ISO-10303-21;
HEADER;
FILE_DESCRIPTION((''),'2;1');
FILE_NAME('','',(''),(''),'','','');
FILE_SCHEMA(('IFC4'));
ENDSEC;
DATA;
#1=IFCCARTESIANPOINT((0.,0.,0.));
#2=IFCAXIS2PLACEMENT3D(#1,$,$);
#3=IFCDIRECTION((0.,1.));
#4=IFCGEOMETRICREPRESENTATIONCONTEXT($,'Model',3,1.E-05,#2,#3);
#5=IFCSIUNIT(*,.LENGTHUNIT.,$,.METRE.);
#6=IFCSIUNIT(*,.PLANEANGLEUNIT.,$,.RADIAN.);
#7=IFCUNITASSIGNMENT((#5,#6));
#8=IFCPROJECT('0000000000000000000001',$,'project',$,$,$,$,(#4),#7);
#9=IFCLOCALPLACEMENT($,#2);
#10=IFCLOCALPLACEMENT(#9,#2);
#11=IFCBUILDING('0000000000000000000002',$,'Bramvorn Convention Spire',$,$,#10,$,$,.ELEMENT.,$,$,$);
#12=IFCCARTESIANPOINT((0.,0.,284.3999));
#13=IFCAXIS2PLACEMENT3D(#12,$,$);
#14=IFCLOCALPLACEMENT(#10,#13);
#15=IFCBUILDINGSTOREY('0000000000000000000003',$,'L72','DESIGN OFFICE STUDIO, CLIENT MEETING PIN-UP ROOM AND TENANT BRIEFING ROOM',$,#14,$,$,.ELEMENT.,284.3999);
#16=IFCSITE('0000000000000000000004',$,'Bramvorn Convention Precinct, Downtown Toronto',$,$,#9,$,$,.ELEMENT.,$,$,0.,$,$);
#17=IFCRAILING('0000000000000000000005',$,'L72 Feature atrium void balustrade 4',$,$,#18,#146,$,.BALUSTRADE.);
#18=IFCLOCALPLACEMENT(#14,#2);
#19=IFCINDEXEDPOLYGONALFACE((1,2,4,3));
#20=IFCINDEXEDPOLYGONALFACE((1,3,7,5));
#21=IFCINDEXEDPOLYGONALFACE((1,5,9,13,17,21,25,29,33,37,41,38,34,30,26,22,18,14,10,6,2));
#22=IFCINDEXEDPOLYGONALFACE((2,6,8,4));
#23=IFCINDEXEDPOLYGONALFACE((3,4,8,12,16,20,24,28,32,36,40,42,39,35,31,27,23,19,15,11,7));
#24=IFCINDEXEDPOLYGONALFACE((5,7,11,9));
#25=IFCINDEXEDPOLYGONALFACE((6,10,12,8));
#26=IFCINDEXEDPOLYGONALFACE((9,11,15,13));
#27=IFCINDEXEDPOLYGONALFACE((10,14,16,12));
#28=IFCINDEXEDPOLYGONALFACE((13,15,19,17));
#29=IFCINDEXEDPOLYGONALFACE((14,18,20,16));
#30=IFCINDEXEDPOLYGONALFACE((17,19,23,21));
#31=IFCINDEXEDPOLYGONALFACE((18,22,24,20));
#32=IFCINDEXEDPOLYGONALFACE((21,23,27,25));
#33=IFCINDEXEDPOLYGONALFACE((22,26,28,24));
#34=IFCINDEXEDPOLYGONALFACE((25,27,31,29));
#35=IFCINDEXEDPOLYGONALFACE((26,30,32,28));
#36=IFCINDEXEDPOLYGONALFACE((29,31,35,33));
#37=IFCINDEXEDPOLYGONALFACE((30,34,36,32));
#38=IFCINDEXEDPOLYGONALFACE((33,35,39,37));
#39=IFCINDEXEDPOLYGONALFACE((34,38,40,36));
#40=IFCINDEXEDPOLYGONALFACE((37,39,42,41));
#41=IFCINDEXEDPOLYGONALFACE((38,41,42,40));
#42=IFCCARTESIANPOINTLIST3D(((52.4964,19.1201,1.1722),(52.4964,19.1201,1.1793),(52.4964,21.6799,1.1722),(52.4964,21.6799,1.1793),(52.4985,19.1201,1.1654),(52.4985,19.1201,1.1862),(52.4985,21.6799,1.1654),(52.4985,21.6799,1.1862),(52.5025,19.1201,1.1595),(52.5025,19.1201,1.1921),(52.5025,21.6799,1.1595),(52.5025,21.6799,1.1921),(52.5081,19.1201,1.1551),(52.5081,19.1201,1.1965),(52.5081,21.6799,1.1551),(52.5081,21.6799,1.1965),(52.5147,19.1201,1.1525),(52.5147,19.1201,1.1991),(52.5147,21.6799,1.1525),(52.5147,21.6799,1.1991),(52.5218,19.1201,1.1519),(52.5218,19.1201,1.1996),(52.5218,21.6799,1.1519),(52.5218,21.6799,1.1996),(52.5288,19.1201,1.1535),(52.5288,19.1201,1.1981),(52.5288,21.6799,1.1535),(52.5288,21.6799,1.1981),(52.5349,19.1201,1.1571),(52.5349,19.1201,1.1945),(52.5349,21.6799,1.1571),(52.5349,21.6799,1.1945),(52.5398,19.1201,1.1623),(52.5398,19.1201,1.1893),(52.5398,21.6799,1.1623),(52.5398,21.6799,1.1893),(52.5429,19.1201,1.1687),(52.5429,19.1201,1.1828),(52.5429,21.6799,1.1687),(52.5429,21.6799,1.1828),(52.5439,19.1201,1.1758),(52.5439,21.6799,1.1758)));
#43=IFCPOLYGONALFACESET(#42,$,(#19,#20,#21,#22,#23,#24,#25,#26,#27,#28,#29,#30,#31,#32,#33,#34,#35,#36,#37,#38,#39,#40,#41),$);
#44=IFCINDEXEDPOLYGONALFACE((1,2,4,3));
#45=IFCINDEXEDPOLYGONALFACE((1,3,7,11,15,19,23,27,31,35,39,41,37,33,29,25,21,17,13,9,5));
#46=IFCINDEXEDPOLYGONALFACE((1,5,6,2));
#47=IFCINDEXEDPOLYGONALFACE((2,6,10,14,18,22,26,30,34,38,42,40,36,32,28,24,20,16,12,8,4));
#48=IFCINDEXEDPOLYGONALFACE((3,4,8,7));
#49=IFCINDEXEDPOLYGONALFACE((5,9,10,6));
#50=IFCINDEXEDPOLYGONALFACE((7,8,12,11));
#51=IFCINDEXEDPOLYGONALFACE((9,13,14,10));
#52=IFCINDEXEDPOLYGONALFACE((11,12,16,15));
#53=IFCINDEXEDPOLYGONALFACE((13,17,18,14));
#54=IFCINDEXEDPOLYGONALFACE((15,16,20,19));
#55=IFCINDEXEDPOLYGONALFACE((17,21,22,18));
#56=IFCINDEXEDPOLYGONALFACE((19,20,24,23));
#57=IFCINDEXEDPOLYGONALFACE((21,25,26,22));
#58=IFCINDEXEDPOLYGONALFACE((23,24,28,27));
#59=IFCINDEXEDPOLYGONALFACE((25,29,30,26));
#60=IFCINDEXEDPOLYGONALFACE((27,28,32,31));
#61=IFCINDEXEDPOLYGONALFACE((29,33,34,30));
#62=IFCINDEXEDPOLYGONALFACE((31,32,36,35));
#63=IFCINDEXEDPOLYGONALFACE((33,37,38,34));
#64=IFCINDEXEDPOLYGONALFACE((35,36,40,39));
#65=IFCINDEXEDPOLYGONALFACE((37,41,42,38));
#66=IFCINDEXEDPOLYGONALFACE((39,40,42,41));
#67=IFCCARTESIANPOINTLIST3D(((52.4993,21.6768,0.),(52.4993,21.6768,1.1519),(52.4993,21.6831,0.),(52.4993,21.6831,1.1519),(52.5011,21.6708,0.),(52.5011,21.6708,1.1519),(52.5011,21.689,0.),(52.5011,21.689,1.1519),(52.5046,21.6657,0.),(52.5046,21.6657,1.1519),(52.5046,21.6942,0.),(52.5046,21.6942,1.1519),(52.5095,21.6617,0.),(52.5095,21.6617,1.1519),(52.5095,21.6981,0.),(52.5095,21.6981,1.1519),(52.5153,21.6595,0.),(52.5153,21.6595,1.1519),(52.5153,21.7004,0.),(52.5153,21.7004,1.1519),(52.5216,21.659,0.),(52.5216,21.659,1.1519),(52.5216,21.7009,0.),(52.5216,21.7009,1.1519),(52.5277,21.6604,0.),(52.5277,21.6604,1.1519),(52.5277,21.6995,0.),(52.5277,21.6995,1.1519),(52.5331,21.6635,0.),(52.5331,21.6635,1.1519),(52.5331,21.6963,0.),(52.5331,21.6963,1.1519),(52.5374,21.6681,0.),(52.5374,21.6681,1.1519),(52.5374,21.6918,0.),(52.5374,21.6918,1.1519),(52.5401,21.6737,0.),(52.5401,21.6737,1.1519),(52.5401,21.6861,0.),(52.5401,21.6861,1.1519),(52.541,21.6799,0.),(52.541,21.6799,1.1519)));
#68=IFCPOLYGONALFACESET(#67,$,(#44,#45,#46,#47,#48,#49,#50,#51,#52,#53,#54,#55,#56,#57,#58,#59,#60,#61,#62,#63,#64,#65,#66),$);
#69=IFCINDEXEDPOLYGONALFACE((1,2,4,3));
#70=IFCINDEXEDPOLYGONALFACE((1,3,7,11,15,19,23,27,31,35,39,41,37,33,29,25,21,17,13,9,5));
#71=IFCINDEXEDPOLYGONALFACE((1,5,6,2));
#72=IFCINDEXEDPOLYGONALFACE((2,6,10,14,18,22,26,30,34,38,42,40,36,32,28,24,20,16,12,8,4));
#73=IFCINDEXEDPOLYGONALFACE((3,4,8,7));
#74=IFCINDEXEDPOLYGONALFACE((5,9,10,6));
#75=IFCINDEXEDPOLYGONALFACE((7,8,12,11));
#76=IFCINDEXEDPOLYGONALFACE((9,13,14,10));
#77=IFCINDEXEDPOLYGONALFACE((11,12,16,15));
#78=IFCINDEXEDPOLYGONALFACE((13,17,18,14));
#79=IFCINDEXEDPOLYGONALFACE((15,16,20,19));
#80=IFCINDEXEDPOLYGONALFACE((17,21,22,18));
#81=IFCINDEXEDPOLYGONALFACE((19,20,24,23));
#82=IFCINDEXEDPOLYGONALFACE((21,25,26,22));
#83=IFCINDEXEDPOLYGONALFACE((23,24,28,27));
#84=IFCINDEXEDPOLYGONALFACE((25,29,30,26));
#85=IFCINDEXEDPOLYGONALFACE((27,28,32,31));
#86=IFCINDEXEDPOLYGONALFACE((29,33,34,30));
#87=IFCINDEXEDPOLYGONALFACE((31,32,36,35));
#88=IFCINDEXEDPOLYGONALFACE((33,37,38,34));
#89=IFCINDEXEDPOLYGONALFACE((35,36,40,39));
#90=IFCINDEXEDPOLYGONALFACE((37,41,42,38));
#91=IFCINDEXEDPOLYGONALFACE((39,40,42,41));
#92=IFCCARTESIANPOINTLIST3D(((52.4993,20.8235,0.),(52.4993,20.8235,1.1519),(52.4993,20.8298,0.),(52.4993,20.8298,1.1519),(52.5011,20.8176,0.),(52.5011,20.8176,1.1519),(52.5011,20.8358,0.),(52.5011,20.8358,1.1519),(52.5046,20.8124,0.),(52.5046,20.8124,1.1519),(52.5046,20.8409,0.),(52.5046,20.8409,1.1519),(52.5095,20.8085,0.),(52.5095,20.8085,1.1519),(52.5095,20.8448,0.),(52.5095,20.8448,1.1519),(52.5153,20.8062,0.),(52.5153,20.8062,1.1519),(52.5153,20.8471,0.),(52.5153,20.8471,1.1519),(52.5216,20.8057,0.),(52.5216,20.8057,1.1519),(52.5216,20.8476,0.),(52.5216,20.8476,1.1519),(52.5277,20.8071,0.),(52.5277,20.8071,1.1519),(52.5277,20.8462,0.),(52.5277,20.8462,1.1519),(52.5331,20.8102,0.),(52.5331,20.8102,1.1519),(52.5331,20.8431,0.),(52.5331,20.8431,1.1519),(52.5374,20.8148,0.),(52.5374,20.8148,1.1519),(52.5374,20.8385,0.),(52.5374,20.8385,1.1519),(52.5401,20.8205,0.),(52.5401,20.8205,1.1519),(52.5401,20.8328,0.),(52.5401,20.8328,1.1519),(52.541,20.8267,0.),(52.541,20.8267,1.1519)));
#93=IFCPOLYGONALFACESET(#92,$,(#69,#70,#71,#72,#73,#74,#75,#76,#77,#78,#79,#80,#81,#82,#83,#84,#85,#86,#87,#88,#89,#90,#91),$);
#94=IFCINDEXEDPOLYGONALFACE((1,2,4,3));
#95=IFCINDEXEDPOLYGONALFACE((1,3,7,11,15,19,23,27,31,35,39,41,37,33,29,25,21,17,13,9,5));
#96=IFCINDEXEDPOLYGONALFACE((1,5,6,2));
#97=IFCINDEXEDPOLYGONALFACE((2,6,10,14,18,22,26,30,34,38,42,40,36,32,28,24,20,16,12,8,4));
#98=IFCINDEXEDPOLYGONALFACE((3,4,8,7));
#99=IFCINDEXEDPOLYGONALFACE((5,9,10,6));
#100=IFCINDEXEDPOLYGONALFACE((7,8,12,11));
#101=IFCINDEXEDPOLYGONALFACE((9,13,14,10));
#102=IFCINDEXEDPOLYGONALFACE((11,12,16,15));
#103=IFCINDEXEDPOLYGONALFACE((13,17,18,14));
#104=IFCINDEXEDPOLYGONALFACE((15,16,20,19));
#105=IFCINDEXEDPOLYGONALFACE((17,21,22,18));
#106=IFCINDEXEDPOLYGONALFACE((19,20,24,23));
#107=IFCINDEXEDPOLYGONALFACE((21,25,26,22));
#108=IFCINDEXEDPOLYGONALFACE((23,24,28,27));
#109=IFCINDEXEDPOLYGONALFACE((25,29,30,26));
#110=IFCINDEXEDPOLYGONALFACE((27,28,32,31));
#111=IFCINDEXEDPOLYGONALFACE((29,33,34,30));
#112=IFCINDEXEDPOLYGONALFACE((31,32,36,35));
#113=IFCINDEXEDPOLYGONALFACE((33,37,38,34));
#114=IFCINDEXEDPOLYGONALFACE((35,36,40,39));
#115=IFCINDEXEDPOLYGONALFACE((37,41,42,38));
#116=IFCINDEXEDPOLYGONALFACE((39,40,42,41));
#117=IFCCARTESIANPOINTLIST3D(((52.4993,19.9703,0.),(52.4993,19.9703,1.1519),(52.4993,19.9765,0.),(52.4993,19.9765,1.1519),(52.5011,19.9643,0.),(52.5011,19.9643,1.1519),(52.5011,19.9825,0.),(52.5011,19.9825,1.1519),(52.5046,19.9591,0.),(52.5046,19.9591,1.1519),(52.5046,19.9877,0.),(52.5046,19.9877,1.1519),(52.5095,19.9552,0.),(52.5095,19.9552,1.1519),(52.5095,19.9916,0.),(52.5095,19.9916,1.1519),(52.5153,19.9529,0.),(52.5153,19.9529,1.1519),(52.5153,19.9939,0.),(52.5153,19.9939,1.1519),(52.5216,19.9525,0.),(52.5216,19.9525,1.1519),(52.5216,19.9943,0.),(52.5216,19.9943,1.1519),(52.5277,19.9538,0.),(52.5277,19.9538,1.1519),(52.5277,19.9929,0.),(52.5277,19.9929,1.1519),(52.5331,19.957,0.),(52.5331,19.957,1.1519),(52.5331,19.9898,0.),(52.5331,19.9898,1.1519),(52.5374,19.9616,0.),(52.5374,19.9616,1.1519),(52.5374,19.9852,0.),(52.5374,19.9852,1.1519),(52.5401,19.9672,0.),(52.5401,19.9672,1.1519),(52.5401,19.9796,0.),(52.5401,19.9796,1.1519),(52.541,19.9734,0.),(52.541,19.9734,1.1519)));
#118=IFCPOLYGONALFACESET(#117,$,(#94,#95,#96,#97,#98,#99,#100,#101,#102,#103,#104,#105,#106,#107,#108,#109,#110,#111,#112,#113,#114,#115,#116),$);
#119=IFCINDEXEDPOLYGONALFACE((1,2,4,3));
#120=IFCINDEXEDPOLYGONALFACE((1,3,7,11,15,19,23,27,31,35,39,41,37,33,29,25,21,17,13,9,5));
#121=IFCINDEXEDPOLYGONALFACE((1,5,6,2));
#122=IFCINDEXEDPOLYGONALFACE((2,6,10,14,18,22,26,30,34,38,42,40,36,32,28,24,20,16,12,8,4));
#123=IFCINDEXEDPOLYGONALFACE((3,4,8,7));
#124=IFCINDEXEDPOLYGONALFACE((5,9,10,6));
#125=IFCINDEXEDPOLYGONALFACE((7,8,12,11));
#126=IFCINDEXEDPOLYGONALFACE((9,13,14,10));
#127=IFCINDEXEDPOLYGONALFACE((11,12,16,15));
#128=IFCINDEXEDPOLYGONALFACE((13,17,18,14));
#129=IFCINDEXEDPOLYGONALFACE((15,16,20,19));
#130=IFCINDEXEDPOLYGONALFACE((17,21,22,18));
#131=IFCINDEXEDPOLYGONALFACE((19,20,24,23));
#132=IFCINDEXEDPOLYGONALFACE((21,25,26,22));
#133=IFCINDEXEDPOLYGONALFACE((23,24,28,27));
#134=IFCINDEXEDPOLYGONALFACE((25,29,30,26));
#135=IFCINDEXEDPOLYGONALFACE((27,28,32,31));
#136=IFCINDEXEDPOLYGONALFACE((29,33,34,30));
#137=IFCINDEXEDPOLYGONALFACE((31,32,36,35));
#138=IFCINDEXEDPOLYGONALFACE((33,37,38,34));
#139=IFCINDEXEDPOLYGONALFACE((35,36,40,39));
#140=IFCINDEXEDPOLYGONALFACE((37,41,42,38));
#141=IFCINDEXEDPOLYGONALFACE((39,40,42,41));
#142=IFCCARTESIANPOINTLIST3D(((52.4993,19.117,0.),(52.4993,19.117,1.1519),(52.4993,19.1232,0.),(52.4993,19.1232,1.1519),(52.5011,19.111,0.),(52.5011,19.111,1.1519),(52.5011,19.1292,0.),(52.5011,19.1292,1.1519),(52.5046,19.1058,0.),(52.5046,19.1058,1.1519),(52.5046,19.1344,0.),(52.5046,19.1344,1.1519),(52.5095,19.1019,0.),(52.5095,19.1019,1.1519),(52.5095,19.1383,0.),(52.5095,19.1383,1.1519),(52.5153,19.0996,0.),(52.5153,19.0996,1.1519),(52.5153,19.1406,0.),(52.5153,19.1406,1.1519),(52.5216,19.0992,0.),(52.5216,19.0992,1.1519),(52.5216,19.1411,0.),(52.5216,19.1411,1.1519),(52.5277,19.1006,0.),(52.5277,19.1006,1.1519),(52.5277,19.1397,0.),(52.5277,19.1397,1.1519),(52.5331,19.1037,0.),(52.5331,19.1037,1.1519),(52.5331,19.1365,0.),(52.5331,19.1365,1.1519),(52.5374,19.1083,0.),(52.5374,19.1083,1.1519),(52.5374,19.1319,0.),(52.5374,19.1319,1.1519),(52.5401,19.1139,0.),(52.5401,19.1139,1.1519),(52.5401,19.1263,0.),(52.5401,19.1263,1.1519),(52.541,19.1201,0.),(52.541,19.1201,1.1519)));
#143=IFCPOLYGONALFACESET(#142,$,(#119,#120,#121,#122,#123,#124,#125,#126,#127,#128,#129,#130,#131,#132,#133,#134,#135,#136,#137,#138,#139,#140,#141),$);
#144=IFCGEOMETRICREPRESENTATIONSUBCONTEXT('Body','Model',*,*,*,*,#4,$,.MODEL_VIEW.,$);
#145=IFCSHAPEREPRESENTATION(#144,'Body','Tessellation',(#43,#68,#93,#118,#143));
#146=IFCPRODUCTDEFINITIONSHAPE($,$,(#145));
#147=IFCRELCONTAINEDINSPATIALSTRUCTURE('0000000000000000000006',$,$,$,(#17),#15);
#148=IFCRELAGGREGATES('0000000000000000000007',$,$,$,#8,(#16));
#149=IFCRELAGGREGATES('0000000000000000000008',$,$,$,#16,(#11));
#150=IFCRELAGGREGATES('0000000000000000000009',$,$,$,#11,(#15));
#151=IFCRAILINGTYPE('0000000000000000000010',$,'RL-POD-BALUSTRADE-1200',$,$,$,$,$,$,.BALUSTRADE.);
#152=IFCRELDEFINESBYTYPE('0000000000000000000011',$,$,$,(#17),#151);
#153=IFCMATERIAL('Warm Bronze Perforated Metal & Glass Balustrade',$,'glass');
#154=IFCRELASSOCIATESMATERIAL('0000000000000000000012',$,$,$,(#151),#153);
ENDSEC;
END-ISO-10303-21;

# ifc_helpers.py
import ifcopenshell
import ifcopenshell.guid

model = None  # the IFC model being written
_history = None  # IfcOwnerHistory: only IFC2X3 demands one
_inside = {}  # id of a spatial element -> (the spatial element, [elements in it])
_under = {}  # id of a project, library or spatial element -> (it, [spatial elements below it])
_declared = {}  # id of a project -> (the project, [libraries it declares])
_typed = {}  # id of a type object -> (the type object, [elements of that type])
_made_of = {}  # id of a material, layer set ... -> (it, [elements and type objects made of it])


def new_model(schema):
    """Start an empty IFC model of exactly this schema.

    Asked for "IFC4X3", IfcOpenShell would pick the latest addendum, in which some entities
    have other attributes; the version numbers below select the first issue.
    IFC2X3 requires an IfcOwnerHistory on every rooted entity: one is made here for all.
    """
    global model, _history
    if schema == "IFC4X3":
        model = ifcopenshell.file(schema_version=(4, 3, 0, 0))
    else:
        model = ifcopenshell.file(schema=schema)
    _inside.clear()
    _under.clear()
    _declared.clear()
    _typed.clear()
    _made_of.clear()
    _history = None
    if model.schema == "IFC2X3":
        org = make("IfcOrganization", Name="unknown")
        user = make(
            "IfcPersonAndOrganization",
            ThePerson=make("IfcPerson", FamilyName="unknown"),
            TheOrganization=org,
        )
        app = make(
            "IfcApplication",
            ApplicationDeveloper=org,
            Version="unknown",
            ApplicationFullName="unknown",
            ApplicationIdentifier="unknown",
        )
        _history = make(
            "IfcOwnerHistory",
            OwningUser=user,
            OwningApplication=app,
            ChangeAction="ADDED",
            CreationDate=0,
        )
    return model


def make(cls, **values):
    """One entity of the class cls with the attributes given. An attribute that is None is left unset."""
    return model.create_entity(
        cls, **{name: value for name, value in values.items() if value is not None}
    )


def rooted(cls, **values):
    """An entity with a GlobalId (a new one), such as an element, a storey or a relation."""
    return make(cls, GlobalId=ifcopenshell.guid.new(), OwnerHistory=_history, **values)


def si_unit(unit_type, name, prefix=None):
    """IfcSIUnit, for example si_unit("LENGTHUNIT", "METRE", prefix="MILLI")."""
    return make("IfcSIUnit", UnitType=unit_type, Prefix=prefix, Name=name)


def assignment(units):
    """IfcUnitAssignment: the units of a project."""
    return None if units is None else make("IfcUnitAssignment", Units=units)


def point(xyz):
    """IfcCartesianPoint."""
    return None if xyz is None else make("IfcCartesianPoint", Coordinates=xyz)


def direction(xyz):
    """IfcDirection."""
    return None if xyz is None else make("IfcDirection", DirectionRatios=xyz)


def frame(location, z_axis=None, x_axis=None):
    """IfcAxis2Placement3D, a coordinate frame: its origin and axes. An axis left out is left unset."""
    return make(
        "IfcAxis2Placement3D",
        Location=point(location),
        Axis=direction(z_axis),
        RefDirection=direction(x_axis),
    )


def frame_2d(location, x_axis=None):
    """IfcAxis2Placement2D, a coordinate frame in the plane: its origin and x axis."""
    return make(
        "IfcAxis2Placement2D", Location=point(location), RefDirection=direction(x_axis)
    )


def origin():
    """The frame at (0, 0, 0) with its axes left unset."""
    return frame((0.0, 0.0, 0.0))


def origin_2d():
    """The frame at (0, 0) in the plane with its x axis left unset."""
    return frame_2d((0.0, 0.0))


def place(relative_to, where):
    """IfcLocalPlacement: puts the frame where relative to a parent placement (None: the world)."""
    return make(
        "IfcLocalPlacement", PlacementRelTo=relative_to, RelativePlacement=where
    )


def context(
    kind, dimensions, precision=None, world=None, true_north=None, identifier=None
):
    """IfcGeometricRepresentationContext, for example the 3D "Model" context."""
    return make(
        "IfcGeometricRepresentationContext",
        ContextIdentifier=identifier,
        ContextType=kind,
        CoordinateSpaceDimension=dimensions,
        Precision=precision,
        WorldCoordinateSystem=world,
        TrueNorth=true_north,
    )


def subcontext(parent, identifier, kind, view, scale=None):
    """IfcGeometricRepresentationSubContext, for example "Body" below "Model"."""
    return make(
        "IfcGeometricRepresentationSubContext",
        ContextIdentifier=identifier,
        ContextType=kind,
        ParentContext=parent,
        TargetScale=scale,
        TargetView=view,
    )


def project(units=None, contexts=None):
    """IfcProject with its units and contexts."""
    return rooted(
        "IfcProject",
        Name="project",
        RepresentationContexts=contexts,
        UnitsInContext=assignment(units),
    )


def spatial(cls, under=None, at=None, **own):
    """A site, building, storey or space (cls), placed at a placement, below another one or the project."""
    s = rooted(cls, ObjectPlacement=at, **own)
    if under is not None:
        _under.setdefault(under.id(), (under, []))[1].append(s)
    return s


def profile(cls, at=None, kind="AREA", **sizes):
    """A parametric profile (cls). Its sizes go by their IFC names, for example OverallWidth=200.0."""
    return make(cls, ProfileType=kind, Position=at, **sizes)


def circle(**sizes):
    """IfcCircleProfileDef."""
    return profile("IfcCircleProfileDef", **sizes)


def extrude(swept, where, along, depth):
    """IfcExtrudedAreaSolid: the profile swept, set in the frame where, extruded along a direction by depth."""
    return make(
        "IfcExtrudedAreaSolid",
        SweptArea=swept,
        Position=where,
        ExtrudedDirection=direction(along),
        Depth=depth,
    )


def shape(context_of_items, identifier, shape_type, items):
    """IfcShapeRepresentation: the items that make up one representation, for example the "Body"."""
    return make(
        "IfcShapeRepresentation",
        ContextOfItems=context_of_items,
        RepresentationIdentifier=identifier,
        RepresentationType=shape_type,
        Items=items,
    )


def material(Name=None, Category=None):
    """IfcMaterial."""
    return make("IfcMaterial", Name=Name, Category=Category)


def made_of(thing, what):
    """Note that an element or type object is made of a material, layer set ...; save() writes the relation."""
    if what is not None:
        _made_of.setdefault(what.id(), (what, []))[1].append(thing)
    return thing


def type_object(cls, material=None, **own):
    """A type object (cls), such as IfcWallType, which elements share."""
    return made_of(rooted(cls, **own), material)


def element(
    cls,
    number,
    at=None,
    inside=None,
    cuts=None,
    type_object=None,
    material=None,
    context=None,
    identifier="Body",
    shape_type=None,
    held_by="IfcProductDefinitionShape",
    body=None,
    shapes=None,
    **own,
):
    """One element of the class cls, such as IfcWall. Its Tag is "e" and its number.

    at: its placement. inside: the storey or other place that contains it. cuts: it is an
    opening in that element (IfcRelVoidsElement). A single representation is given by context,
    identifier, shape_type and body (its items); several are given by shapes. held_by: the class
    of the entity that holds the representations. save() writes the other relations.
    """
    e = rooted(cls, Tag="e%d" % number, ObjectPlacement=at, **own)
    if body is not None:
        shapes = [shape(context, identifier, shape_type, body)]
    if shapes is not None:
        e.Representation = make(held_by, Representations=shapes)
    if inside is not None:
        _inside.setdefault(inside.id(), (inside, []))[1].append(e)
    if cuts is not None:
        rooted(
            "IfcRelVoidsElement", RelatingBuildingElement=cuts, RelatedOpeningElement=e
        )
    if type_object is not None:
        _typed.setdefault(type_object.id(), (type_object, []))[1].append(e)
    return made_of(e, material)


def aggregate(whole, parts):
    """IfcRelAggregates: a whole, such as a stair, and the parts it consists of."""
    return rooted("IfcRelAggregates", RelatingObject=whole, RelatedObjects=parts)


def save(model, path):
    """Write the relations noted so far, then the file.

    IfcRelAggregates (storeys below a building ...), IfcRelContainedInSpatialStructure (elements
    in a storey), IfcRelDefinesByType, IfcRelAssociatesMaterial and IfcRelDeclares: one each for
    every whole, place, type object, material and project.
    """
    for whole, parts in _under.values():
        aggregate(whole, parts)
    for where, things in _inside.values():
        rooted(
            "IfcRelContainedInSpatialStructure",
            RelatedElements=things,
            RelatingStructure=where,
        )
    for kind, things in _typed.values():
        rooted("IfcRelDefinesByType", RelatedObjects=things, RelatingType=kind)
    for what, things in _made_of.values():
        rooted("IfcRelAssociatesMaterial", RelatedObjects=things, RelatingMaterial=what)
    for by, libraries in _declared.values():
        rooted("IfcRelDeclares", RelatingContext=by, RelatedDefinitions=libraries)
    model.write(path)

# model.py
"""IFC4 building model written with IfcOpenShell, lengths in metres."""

from ifc_helpers import new_model, si_unit, direction, frame, origin, origin_2d, place, context, subcontext, project, spatial, circle, extrude, material, type_object, element, save


model = new_model("IFC4")

# Units and contexts
model_context = context("Model", 3, precision=1e-05, world=origin(), true_north=direction((0.0, 1.0)))
body_context = subcontext(model_context, "Body", "Model", "MODEL_VIEW")
ifc_project = project(units=[si_unit("LENGTHUNIT", "METRE"), si_unit("PLANEANGLEUNIT", "RADIAN")], contexts=[model_context])

# Site, building, storey
site_placement = place(None, origin())
site = spatial("IfcSite", under=ifc_project, at=site_placement, Name="Bramvorn Convention Precinct, Downtown Toronto", CompositionType="ELEMENT", RefElevation=0.0)
building_placement = place(site_placement, origin())
building = spatial("IfcBuilding", under=site, at=building_placement, Name="Bramvorn Convention Spire", CompositionType="ELEMENT")
storey_placement = place(building_placement, frame((0.0, 0.0, 284.3999)))
storey = spatial("IfcBuildingStorey", under=building, at=storey_placement, Name="L72", Description="DESIGN OFFICE STUDIO, CLIENT MEETING PIN-UP ROOM AND TENANT BRIEFING ROOM", CompositionType="ELEMENT", Elevation=284.3999)

# Railing
ifc_material_1 = material(Name="Warm Bronze Perforated Metal & Glass Balustrade", Category="glass")
railing_type = type_object("IfcRailingType", Name="RL-POD-BALUSTRADE-1200", PredefinedType="BALUSTRADE", material=ifc_material_1)
railing_1_placement = place(storey_placement, frame((52.52, 21.6799, 0.0)))
element("IfcRailing", 1, at=railing_1_placement, inside=storey, type_object=railing_type, Name="L72 Feature atrium void balustrade 4", PredefinedType="BALUSTRADE", context=body_context, shape_type="SweptSolid", body=[
    extrude(circle(Radius=0.0239, at=origin_2d()), frame((0.0, 0.0, 1.1758), z_axis=(0.0, -1.0, 0.0), x_axis=(1.0, 0.0, 0.0)), (0.0, 0.0, 1.0), 2.5598),
    extrude(circle(Radius=0.021, at=origin_2d()), origin(), (0.0, 0.0, 1.0), 1.1519),
    extrude(circle(Radius=0.021, at=origin_2d()), frame((0.0, -0.8533, 0.0)), (0.0, 0.0, 1.0), 1.1519),
    extrude(circle(Radius=0.021, at=origin_2d()), frame((0.0, -1.7065, 0.0)), (0.0, 0.0, 1.0), 1.1519),
    extrude(circle(Radius=0.021, at=origin_2d()), frame((0.0, -2.5598, 0.0)), (0.0, 0.0, 1.0), 1.1519),
])

save(model, "model.ifc")
